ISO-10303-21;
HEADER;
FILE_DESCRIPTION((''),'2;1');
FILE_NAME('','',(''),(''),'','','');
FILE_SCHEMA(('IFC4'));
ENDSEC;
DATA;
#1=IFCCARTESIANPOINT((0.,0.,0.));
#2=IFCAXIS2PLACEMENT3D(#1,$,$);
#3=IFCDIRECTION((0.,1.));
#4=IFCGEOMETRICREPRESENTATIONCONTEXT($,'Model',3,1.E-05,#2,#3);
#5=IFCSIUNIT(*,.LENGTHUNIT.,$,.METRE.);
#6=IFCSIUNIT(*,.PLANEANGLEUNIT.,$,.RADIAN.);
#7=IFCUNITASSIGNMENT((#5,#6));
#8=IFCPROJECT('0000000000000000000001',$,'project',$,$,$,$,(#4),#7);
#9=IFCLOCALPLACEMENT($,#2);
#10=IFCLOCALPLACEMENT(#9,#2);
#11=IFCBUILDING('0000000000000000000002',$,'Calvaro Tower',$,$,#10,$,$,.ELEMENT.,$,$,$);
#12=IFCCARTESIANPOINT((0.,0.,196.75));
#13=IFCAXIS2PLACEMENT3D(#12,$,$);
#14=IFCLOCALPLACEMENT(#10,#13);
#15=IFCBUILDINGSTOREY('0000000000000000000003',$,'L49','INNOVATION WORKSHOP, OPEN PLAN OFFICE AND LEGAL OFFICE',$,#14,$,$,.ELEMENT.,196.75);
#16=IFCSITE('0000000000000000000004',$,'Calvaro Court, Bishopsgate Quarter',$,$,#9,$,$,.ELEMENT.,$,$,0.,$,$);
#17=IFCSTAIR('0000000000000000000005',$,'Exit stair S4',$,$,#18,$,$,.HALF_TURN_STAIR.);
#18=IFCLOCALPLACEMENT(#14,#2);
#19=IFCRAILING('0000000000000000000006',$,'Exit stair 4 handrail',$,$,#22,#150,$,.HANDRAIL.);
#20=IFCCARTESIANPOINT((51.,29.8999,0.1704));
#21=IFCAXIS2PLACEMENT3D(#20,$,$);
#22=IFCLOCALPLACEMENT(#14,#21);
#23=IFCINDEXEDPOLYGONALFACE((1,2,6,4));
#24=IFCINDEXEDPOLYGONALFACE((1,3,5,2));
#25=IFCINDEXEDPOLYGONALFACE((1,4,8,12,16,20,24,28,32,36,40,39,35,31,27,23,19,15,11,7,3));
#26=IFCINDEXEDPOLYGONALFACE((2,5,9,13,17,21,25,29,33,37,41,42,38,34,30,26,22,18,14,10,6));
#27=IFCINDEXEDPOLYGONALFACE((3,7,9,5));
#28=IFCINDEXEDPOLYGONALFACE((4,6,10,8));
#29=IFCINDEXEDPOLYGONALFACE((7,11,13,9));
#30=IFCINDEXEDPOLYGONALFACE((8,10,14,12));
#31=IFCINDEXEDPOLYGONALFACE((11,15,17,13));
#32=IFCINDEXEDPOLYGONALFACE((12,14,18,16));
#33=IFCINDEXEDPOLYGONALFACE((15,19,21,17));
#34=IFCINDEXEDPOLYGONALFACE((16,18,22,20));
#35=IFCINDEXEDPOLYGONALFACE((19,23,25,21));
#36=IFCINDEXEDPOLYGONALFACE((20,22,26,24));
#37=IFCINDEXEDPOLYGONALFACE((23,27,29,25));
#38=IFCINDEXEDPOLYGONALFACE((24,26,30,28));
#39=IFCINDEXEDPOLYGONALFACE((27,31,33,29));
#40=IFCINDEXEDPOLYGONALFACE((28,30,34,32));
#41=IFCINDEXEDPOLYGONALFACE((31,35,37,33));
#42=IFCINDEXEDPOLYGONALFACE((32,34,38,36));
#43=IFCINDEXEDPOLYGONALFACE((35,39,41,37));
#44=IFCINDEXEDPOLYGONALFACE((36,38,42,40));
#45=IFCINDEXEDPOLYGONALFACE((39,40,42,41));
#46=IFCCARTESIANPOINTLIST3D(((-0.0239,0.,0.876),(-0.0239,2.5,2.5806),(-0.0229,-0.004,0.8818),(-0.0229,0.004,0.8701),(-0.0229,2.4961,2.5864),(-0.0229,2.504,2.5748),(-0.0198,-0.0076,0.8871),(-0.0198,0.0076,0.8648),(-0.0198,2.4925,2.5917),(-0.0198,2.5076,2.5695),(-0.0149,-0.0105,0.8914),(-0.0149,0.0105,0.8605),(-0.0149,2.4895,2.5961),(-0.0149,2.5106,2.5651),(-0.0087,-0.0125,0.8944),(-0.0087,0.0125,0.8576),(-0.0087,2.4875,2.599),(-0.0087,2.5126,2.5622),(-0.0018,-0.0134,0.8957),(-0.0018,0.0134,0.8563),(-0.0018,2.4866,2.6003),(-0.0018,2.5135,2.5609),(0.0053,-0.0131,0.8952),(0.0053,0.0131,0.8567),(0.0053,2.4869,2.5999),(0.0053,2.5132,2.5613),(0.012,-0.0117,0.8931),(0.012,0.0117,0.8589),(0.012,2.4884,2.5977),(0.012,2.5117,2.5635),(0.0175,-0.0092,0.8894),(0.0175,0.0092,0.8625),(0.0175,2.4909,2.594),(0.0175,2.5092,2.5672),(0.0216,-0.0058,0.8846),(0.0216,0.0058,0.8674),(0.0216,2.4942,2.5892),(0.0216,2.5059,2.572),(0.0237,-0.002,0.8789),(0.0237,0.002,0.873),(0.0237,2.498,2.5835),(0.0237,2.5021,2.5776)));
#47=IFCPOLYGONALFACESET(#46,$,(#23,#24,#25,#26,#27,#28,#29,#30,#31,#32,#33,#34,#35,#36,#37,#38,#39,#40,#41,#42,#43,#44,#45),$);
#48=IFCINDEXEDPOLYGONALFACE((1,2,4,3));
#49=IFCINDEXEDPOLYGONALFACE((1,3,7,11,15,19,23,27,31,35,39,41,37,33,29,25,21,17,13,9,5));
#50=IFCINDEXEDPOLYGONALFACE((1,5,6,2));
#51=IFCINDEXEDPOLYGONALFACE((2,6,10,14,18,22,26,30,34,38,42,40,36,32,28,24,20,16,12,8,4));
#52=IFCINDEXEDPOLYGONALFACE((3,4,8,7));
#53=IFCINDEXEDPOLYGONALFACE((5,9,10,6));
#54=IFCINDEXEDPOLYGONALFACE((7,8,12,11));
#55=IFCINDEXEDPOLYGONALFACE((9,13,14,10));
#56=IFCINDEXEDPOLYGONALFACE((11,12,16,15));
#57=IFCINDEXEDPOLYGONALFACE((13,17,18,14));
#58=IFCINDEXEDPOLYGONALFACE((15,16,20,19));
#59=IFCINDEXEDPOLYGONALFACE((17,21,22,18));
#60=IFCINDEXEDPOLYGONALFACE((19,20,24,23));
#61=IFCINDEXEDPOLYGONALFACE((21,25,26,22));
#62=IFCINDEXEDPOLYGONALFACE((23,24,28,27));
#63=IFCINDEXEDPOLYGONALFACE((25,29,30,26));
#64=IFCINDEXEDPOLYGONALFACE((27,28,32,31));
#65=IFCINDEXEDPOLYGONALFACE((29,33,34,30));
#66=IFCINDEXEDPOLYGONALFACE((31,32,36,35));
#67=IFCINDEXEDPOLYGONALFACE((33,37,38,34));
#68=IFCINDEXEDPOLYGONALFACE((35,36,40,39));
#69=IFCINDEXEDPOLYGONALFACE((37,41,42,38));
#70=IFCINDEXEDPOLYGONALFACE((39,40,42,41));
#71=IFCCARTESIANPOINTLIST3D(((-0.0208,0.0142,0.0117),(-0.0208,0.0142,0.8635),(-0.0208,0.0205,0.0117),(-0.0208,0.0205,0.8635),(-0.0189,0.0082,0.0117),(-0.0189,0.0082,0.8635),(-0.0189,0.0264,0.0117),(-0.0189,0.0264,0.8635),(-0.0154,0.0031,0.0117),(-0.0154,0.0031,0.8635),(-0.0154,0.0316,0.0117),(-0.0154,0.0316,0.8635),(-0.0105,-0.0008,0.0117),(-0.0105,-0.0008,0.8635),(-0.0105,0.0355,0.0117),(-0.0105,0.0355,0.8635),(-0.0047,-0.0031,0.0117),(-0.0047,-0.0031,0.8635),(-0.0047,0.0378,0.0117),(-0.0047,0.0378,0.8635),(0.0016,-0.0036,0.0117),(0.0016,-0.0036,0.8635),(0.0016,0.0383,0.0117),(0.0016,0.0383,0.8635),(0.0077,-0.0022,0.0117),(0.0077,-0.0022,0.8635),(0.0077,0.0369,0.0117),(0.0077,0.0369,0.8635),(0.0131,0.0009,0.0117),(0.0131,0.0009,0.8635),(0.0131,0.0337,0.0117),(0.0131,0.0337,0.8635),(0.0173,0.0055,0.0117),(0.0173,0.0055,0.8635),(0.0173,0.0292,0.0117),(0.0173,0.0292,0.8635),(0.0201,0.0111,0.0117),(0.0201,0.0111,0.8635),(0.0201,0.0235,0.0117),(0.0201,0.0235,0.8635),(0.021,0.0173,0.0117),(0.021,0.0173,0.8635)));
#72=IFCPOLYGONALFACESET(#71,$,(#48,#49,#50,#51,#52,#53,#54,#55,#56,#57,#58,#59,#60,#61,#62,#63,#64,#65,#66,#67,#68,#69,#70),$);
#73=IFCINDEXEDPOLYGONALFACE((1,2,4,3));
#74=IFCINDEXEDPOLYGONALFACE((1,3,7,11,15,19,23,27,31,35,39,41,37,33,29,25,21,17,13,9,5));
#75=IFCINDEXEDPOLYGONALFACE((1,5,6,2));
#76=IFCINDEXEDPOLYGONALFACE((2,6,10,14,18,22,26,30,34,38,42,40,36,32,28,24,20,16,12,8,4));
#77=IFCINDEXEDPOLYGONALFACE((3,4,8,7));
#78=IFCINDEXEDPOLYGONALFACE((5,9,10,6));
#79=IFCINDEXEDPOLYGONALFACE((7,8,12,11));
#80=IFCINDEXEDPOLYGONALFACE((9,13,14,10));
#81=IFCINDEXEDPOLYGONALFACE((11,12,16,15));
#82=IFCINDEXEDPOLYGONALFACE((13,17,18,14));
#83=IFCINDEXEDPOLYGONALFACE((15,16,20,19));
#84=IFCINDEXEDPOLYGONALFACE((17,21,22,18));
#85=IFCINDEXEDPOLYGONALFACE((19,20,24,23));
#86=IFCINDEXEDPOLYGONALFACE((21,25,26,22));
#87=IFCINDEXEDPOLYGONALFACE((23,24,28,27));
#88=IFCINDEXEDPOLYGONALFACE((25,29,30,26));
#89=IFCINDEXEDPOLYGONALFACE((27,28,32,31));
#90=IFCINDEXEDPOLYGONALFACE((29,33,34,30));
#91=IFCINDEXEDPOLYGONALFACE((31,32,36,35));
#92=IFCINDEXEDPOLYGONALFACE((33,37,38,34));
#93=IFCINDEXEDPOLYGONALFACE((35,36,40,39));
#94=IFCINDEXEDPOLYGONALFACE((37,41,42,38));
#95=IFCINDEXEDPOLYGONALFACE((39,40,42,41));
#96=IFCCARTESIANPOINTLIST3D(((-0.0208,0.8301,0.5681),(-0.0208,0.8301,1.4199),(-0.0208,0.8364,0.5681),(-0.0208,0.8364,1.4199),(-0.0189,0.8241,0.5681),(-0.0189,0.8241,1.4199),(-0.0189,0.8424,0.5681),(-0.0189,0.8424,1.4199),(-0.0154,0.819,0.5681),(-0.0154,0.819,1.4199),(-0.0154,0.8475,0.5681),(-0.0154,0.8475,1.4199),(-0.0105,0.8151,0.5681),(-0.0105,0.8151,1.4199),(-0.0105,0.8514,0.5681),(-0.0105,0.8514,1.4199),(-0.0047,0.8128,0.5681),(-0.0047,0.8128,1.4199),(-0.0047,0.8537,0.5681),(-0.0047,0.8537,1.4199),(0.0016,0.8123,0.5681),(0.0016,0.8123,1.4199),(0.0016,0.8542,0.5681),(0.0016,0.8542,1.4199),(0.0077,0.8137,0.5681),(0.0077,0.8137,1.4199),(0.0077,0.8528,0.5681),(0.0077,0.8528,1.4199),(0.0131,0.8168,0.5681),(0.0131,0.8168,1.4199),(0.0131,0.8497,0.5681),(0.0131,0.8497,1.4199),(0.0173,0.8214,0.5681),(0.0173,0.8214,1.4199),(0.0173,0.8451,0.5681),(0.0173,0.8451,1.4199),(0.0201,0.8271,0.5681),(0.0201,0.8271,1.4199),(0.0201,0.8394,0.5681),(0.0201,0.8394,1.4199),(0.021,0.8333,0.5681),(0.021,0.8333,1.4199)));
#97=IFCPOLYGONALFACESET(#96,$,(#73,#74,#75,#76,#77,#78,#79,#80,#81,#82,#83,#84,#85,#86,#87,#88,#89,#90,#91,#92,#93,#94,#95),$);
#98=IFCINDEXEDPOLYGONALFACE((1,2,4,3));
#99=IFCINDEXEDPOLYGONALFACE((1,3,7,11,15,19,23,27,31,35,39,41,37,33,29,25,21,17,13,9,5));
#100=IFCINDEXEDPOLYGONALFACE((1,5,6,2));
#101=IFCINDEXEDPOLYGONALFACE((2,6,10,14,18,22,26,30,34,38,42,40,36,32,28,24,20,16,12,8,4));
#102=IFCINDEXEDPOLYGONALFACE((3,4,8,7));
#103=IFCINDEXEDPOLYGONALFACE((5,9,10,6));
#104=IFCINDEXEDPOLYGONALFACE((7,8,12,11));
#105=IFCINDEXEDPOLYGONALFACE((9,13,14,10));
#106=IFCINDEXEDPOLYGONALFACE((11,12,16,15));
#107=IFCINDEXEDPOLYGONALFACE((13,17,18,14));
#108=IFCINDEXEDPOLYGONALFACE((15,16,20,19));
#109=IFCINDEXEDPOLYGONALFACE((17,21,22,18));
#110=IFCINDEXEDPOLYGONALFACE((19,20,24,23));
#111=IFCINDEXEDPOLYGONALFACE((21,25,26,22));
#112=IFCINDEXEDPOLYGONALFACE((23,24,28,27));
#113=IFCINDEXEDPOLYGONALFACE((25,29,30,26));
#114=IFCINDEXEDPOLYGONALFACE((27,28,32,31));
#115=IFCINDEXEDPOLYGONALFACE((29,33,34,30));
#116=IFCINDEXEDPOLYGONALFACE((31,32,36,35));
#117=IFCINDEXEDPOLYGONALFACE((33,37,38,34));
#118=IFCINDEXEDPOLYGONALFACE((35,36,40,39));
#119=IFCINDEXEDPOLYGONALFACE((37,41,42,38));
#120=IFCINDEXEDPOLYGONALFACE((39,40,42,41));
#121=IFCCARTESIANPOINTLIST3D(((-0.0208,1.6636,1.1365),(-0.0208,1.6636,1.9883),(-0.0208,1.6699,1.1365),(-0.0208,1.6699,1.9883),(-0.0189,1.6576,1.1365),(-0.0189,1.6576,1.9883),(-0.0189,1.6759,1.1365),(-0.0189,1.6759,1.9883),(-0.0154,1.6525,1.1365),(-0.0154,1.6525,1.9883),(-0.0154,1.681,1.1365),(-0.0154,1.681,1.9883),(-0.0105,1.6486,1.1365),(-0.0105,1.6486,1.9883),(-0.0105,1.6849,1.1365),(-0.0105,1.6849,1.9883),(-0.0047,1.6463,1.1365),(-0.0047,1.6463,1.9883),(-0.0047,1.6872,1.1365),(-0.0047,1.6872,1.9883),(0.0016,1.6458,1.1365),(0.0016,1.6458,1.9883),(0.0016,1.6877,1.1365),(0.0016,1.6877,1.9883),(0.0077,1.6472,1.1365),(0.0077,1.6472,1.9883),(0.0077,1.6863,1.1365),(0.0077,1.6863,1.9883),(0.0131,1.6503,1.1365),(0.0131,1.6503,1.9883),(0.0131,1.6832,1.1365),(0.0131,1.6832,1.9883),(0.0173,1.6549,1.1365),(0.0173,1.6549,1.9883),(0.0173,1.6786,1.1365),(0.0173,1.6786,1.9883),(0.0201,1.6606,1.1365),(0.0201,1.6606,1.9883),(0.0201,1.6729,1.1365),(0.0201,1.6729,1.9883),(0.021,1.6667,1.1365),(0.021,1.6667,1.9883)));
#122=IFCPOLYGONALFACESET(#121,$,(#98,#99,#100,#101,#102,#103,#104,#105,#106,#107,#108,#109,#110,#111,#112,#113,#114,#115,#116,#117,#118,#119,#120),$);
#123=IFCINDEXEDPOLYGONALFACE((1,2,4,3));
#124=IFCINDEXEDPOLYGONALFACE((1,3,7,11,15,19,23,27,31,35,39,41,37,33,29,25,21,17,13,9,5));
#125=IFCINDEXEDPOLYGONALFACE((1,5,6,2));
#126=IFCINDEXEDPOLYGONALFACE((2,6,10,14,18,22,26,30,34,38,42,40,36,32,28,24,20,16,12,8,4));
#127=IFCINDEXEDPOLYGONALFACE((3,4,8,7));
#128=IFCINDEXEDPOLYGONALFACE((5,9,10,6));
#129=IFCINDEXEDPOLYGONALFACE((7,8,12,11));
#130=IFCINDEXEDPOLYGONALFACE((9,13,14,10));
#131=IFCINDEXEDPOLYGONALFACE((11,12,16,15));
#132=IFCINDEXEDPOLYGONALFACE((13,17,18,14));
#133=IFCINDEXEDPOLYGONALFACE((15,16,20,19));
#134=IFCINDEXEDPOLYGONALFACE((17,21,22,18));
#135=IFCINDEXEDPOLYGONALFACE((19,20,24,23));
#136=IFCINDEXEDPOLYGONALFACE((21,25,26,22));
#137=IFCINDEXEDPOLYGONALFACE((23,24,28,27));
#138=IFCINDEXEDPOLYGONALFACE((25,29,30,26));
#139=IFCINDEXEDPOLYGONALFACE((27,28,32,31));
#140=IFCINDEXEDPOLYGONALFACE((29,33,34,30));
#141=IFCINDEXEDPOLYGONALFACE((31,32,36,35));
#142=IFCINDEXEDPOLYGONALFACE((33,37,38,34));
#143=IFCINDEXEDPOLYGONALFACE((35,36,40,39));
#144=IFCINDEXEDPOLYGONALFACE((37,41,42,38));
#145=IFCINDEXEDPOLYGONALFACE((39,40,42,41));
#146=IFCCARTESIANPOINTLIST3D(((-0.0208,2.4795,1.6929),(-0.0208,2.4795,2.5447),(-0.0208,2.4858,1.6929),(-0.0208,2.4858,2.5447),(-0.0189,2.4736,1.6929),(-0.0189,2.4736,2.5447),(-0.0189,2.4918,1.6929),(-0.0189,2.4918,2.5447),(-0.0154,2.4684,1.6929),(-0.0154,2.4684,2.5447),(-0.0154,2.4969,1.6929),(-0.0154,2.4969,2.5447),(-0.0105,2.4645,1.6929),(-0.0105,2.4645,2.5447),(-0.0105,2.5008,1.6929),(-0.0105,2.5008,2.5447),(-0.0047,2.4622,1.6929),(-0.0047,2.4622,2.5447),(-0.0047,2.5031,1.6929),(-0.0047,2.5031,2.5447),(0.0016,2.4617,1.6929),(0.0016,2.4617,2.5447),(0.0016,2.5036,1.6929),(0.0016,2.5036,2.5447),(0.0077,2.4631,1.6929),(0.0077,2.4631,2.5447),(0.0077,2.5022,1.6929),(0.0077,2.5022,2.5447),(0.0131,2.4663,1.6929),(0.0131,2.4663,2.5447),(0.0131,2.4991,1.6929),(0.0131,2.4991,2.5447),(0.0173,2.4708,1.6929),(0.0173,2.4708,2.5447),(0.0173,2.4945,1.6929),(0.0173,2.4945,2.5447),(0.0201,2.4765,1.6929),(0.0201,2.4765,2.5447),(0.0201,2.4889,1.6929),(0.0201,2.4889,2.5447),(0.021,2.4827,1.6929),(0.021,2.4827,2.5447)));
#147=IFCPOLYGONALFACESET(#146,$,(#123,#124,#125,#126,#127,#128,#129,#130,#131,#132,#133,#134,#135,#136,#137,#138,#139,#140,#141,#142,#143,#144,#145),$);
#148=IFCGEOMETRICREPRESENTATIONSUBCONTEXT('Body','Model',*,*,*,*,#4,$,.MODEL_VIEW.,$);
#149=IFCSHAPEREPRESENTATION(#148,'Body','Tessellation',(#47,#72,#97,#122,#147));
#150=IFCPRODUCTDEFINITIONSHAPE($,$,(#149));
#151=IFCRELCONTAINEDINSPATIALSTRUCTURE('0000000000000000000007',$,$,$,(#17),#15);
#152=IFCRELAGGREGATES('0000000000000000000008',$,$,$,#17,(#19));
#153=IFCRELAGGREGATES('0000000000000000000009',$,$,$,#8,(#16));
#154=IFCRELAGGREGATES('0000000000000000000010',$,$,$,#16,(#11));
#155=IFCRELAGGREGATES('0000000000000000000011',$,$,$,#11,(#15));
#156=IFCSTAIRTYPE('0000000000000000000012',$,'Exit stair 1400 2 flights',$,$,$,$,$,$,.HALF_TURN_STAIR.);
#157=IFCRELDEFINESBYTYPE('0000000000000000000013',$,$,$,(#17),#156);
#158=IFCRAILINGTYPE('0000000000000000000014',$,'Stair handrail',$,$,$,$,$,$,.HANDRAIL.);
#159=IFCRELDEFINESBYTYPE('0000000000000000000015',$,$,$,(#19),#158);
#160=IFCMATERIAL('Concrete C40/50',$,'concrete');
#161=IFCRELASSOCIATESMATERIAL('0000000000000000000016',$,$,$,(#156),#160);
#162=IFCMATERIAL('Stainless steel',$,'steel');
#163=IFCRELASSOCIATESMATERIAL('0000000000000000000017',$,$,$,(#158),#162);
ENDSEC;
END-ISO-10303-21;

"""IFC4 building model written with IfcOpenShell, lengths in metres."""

from ifc_helpers import new_model, si_unit, direction, frame, origin, origin_2d, place, context, subcontext, project, spatial, circle, extrude, material, type_object, element, aggregate, save


model = new_model("IFC4")

# Units and contexts
model_context = context("Model", 3, precision=1e-05, world=origin(), true_north=direction((0.0, 1.0)))
body_context = subcontext(model_context, "Body", "Model", "MODEL_VIEW")
ifc_project = project(units=[si_unit("LENGTHUNIT", "METRE"), si_unit("PLANEANGLEUNIT", "RADIAN")], contexts=[model_context])

# Site, building, storey
site_placement = place(None, origin())
site = spatial("IfcSite", under=ifc_project, at=site_placement, Name="Calvaro Court, Bishopsgate Quarter", CompositionType="ELEMENT", RefElevation=0.0)
building_placement = place(site_placement, origin())
building = spatial("IfcBuilding", under=site, at=building_placement, Name="Calvaro Tower", CompositionType="ELEMENT")
storey_placement = place(building_placement, frame((0.0, 0.0, 196.75)))
storey = spatial("IfcBuildingStorey", under=building, at=storey_placement, Name="L49", Description="INNOVATION WORKSHOP, OPEN PLAN OFFICE AND LEGAL OFFICE", CompositionType="ELEMENT", Elevation=196.75)

# Stair
ifc_material_1 = material(Name="Concrete C40/50", Category="concrete")
stair_type = type_object("IfcStairType", Name="Exit stair 1400 2 flights", PredefinedType="HALF_TURN_STAIR", material=ifc_material_1)
stair_1_placement = place(storey_placement, origin())
stair_1 = element("IfcStair", 1, at=stair_1_placement, inside=storey, type_object=stair_type, Name="Exit stair S4", PredefinedType="HALF_TURN_STAIR")

# Railing
ifc_material_2 = material(Name="Stainless steel", Category="steel")
railing_type = type_object("IfcRailingType", Name="Stair handrail", PredefinedType="HANDRAIL", material=ifc_material_2)
railing_1_placement = place(storey_placement, frame((51.0, 29.8999, 0.1704)))
railing_1 = element("IfcRailing", 2, at=railing_1_placement, type_object=railing_type, Name="Exit stair 4 handrail", PredefinedType="HANDRAIL", context=body_context, shape_type="SweptSolid", body=[
    extrude(circle(Radius=0.0239, at=origin_2d()), frame((0.0, 0.0, 0.876), z_axis=(0.0, 0.826221, 0.563347), x_axis=(-1.0, 0.0, 0.0)), (0.0, 0.0, 1.0), 3.0259),
    extrude(circle(Radius=0.021, at=origin_2d()), frame((0.0, 0.0173, 0.0117)), (0.0, 0.0, 1.0), 0.8518),
    extrude(circle(Radius=0.021, at=origin_2d()), frame((0.0, 0.8333, 0.5681)), (0.0, 0.0, 1.0), 0.8518),
    extrude(circle(Radius=0.021, at=origin_2d()), frame((0.0, 1.6667, 1.1365)), (0.0, 0.0, 1.0), 0.8518),
    extrude(circle(Radius=0.021, at=origin_2d()), frame((0.0, 2.4827, 1.6929)), (0.0, 0.0, 1.0), 0.8518),
])
aggregate(stair_1, [railing_1])

save(model, "model.ifc")
